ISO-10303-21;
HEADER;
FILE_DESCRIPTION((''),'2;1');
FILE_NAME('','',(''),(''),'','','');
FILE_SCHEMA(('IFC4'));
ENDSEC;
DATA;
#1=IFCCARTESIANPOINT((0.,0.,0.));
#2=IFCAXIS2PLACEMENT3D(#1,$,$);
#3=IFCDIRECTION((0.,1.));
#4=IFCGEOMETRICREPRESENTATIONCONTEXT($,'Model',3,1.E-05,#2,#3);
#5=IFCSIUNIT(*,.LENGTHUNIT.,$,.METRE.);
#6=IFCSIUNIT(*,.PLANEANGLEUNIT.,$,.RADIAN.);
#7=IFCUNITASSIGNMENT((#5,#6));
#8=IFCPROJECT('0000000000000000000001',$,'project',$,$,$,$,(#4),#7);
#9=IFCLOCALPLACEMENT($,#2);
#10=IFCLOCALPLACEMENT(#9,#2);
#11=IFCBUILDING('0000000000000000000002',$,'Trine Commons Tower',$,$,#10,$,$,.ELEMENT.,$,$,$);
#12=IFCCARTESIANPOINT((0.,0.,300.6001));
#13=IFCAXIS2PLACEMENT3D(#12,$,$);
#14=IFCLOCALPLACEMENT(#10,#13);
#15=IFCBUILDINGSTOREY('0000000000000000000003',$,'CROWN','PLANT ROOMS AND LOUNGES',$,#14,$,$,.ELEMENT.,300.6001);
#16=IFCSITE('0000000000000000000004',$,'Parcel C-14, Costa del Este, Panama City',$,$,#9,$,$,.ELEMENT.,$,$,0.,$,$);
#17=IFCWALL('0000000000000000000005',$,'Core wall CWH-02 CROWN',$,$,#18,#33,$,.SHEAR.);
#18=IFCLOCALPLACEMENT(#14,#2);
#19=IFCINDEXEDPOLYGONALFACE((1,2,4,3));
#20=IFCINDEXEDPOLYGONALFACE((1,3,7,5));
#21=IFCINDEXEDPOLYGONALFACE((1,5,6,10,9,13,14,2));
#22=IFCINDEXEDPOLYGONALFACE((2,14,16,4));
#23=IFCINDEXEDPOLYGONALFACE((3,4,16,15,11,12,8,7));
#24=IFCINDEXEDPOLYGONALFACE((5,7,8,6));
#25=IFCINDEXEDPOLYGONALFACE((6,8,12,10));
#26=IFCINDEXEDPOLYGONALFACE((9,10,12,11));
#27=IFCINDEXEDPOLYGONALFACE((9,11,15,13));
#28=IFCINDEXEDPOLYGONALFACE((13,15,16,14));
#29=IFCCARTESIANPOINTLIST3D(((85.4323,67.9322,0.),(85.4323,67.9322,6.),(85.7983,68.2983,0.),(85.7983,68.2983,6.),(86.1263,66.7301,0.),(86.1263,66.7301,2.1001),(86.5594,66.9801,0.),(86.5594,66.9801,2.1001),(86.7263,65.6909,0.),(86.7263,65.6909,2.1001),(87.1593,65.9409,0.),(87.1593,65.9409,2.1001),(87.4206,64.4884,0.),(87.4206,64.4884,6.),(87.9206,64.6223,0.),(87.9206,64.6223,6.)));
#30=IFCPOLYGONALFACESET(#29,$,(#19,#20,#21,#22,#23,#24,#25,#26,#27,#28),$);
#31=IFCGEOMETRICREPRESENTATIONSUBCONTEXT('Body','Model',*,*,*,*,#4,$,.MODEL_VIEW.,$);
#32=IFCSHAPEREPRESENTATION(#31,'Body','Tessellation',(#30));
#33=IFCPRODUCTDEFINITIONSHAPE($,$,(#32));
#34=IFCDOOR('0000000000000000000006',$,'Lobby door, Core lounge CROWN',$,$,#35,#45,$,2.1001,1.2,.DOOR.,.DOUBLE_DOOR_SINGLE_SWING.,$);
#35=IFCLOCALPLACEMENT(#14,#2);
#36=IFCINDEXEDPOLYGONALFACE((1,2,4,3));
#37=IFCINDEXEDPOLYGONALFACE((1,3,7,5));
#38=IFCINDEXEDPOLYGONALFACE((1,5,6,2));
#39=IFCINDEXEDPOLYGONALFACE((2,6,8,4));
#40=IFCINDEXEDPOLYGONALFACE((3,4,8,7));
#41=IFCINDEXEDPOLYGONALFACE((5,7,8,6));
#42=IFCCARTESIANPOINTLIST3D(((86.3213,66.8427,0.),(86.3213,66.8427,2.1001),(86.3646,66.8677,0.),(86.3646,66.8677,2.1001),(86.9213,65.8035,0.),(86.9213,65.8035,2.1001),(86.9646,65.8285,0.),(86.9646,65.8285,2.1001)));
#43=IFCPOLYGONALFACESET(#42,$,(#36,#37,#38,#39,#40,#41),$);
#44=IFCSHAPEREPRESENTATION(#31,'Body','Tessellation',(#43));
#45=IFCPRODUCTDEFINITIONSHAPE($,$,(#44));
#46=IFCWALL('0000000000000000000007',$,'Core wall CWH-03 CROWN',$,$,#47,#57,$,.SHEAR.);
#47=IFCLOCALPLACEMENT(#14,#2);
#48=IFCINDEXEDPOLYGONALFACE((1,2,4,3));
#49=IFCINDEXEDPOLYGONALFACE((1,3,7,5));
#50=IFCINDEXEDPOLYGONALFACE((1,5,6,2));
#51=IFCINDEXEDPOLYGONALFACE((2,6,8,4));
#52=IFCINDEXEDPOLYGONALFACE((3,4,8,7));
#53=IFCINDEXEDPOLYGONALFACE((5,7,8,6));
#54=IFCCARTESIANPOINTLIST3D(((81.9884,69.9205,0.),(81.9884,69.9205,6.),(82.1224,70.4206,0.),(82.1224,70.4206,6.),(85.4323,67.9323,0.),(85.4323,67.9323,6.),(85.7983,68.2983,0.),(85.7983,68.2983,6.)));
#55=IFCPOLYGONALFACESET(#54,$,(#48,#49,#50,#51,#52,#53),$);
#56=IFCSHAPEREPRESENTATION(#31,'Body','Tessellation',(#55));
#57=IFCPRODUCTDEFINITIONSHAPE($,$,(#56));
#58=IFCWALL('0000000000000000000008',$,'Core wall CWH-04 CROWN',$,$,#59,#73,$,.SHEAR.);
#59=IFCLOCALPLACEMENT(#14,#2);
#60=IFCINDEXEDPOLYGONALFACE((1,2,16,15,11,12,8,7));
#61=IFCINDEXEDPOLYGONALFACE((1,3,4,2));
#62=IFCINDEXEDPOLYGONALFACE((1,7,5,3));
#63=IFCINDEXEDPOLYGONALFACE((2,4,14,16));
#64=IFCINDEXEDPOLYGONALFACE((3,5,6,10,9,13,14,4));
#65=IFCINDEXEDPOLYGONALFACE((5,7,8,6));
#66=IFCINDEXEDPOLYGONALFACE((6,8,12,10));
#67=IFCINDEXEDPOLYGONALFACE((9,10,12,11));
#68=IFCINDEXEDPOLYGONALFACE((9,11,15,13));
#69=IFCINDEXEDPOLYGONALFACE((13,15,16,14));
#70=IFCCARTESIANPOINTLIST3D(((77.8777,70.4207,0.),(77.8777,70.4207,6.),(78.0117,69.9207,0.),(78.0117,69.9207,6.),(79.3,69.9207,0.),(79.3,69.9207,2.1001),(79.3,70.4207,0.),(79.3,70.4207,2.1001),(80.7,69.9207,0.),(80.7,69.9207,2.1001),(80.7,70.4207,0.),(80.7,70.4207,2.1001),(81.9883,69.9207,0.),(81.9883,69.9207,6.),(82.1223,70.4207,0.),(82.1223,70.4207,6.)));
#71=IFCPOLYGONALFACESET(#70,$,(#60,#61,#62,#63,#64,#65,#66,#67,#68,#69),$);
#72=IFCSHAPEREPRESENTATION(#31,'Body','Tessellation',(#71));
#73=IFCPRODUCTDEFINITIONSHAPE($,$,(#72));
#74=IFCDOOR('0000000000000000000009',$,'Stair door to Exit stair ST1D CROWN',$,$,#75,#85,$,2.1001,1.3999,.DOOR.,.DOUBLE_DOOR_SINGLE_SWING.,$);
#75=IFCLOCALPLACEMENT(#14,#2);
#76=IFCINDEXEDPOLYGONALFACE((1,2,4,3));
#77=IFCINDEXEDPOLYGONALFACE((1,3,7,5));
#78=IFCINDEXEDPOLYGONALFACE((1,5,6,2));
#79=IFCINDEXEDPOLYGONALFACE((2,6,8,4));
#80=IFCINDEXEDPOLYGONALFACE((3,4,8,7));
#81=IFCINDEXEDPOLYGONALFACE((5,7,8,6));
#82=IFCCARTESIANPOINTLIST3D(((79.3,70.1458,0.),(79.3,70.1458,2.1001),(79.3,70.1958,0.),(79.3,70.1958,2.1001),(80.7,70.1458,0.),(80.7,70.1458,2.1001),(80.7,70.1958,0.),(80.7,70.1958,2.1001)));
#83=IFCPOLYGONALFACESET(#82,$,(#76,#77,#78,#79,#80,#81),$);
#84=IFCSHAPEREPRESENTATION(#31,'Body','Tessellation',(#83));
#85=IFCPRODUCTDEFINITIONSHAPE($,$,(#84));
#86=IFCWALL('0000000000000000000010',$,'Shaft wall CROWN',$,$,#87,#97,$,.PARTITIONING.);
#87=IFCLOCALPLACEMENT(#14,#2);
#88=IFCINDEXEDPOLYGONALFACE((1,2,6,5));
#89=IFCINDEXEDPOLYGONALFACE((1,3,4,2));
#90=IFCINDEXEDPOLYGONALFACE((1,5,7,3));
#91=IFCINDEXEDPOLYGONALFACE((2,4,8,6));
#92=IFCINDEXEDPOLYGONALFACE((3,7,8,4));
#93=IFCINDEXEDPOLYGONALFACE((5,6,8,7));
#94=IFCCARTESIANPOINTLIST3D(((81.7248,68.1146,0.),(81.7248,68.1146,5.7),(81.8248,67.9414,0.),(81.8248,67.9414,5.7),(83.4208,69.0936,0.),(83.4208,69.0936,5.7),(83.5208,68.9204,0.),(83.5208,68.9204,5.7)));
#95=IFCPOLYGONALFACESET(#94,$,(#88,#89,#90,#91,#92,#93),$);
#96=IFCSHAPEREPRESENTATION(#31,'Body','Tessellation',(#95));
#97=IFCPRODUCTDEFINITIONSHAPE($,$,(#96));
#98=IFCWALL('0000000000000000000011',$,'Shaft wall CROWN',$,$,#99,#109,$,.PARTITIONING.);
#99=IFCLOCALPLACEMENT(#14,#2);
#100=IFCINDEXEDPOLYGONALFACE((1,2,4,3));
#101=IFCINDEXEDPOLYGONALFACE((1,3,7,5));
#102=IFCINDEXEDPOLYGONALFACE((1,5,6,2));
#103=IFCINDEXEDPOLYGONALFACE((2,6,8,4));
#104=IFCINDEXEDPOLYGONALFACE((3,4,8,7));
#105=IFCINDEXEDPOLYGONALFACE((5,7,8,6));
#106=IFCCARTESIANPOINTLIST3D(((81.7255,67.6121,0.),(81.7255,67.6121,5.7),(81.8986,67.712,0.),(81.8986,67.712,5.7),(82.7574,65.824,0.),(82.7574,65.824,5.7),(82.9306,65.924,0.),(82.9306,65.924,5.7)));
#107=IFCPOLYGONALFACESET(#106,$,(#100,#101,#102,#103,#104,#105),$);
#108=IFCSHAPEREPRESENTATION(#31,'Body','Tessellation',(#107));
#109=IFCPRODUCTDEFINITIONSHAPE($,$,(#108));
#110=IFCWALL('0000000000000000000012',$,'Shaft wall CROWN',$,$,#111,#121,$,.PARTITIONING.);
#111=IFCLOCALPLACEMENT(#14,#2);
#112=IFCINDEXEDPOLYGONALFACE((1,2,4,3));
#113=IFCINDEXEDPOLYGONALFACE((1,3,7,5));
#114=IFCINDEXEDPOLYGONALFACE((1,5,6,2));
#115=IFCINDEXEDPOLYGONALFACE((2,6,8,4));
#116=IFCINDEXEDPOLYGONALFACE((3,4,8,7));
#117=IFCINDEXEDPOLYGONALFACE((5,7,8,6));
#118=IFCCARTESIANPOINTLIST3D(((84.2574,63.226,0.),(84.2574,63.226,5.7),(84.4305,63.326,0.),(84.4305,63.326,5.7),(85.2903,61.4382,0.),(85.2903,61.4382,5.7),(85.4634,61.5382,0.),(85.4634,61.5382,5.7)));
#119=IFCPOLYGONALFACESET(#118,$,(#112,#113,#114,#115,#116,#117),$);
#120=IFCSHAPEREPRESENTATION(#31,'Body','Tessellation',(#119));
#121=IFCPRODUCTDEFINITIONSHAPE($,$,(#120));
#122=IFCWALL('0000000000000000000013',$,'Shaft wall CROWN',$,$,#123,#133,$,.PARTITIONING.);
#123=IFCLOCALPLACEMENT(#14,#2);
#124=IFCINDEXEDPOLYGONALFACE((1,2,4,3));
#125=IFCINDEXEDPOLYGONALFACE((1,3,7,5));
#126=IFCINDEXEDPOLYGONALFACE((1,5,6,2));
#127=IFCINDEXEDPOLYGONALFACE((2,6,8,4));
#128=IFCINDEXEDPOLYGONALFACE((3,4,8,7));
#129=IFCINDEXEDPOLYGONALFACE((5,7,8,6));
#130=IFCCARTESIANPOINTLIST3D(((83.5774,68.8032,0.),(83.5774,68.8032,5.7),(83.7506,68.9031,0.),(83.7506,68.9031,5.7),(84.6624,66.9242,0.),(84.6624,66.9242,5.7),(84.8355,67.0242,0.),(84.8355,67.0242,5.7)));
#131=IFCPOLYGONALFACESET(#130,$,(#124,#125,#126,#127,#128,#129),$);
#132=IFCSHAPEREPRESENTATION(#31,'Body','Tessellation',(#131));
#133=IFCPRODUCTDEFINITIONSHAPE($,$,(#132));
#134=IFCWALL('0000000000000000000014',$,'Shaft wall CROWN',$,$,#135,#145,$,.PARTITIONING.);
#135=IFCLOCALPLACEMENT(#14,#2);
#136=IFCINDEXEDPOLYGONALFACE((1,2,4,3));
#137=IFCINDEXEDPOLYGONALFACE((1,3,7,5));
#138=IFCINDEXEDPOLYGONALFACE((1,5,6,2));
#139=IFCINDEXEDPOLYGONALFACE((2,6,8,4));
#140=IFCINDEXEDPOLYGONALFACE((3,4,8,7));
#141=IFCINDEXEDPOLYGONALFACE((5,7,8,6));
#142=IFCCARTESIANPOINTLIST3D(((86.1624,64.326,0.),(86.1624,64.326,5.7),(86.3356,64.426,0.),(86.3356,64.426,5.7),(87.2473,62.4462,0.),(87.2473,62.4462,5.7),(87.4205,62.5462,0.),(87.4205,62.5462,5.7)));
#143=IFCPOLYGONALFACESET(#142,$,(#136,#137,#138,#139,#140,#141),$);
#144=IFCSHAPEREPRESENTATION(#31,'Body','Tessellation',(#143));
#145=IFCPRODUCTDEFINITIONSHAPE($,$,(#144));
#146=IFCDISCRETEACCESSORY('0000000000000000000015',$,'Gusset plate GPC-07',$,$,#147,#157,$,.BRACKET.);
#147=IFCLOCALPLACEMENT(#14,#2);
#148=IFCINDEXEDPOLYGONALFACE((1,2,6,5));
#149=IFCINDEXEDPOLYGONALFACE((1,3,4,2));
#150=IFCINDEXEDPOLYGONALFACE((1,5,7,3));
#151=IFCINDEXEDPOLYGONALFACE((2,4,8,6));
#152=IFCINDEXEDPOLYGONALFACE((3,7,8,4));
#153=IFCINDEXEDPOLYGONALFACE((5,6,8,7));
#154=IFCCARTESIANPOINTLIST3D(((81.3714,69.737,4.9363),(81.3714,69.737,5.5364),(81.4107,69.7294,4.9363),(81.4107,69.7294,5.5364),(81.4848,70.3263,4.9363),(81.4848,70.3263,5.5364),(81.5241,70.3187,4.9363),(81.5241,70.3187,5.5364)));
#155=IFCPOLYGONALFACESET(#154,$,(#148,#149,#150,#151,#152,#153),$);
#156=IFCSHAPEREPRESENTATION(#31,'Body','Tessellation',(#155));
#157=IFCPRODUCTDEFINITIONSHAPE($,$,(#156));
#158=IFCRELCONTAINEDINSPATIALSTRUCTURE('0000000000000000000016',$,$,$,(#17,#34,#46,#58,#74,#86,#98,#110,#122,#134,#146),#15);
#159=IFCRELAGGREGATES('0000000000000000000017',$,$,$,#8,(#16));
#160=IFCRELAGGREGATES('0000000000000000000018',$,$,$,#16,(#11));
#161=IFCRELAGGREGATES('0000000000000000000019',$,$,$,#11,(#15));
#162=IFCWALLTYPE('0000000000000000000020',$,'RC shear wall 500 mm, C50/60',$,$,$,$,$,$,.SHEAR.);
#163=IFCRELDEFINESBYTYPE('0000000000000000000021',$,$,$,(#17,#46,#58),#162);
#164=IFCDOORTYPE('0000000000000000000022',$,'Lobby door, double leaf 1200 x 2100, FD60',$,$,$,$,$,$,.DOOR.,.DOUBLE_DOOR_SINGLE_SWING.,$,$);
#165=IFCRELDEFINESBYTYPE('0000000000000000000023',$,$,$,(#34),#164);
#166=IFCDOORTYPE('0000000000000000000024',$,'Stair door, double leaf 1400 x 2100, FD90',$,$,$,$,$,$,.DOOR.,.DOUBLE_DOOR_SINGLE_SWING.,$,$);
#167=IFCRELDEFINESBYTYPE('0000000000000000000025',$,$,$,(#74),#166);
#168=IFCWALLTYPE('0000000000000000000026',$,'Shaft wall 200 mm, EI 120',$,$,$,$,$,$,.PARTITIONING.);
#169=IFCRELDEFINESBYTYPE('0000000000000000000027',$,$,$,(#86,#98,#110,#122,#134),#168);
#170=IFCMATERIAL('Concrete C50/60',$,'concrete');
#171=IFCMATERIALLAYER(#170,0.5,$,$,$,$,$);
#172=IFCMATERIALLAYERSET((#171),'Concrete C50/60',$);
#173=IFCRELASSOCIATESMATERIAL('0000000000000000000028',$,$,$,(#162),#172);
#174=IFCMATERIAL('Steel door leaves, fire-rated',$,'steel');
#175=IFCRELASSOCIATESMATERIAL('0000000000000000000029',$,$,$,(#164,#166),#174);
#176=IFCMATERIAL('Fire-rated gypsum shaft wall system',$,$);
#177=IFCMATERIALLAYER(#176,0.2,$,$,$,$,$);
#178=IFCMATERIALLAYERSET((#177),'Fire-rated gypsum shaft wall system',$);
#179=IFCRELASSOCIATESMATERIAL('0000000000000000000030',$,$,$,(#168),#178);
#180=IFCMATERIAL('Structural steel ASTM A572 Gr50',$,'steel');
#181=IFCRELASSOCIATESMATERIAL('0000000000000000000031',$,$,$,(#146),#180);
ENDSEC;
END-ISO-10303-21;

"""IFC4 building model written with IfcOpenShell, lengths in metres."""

from ifc_helpers import new_model, si_unit, direction, frame, frame_2d, origin, origin_2d, place, context, subcontext, project, spatial, polyline, rectangle, outline, extrude, material, layer, layer_set, type_object, element, fill, save


model = new_model("IFC4")

# Units and contexts
model_context = context("Model", 3, precision=1e-05, world=origin(), true_north=direction((0.0, 1.0)))
body_context = subcontext(model_context, "Body", "Model", "MODEL_VIEW")
ifc_project = project(units=[si_unit("LENGTHUNIT", "METRE"), si_unit("PLANEANGLEUNIT", "RADIAN")], contexts=[model_context])

# Site, building, storey
site_placement = place(None, origin())
site = spatial("IfcSite", under=ifc_project, at=site_placement, Name="Parcel C-14, Costa del Este, Panama City", CompositionType="ELEMENT", RefElevation=0.0)
building_placement = place(site_placement, origin())
building = spatial("IfcBuilding", under=site, at=building_placement, Name="Trine Commons Tower", CompositionType="ELEMENT")
storey_placement = place(building_placement, frame((0.0, 0.0, 300.6001)))
storey = spatial("IfcBuildingStorey", under=building, at=storey_placement, Name="CROWN", Description="PLANT ROOMS AND LOUNGES", CompositionType="ELEMENT", Elevation=300.6001)

# Shared definitions
ifc_material_1 = material(Name="Fire-rated gypsum shaft wall system")
ifc_material_2 = material(Name="Concrete C50/60", Category="concrete")

# Wall, opening, door
ifc_layer_1 = layer(ifc_material_2, 0.5)
ifc_layer_set_1 = layer_set([ifc_layer_1], Name="Concrete C50/60")
wall_type_1 = type_object("IfcWallType", Name="RC shear wall 500 mm, C50/60", PredefinedType="SHEAR", material=ifc_layer_set_1)
wall_1_placement = place(storey_placement, frame((87.7041, 64.4973, 0.0), z_axis=(0.0, 0.0, 1.0), x_axis=(-0.499993, 0.866029, 0.0)))
wall_1 = element("IfcWall", 1, at=wall_1_placement, inside=storey, type_object=wall_type_1, Name="Core wall CWH-02 CROWN", PredefinedType="SHEAR", context=body_context, shape_type="SweptSolid", body=[
    extrude(outline(polyline([(0.0, -0.25), (4.2446, -0.25), (4.1106, 0.25), (0.134, 0.25), (0.0, -0.25)])), origin(), (0.0, 0.0, 1.0), 6.0),
])
opening_1_placement = place(wall_1_placement, frame((1.5225, 0.0, 0.0)))
opening_1 = element("IfcOpeningElement", 2, at=opening_1_placement, cuts=wall_1, PredefinedType="OPENING", context=body_context, shape_type="SweptSolid", body=[
    extrude(rectangle(XDim=1.2, YDim=2.1001, at=frame_2d((0.6001, 1.05))), frame((0.0, 0.26, 0.0), z_axis=(0.0, -1.0, 0.0), x_axis=(1.0, 0.0, 0.0)), (0.0, 0.0, 1.0), 0.52),
])
ifc_material_3 = material(Name="Steel door leaves, fire-rated", Category="steel")
door_type_1 = type_object("IfcDoorType", Name="Lobby door, double leaf 1200 x 2100, FD60", OperationType="DOUBLE_DOOR_SINGLE_SWING", PredefinedType="DOOR", material=ifc_material_3)
door_1_placement = place(opening_1_placement, origin())
door_1 = element("IfcDoor", 3, at=door_1_placement, inside=storey, type_object=door_type_1, Name="Lobby door, Core lounge CROWN", OperationType="DOUBLE_DOOR_SINGLE_SWING", OverallHeight=2.1001, OverallWidth=1.2, PredefinedType="DOOR", context=body_context, shape_type="SweptSolid", body=[
    extrude(rectangle(XDim=1.2, YDim=2.1001, at=frame_2d((0.6001, 1.05))), frame((0.0, 0.0249, 0.0), z_axis=(0.0, -1.0, 0.0), x_axis=(1.0, 0.0, 0.0)), (0.0, 0.0, 1.0), 0.05),
])
fill(opening_1, door_1)

# Wall
wall_2_placement = place(storey_placement, frame((85.6733, 68.0818, 0.0), z_axis=(0.0, 0.0, 1.0), x_axis=(-0.866029, 0.499993, 0.0)))
element("IfcWall", 4, at=wall_2_placement, inside=storey, type_object=wall_type_1, Name="Core wall CWH-03 CROWN", PredefinedType="SHEAR", context=body_context, shape_type="SweptSolid", body=[
    extrude(outline(polyline([(0.0, -0.25), (4.2446, -0.25), (4.1106, 0.25), (0.134, 0.25), (0.0, -0.25)])), origin(), (0.0, 0.0, 1.0), 6.0),
])

# Wall, opening, door
wall_3_placement = place(storey_placement, frame((82.1223, 70.1707, 0.0), z_axis=(0.0, 0.0, 1.0), x_axis=(-1.0, 0.0, 0.0)))
wall_3 = element("IfcWall", 5, at=wall_3_placement, inside=storey, type_object=wall_type_1, Name="Core wall CWH-04 CROWN", PredefinedType="SHEAR", context=body_context, shape_type="SweptSolid", body=[
    extrude(outline(polyline([(0.0, -0.25), (4.2446, -0.25), (4.1106, 0.25), (0.134, 0.25), (0.0, -0.25)])), origin(), (0.0, 0.0, 1.0), 6.0),
])
opening_2_placement = place(wall_3_placement, frame((1.4224, 0.0, 0.0)))
opening_2 = element("IfcOpeningElement", 6, at=opening_2_placement, cuts=wall_3, PredefinedType="OPENING", context=body_context, shape_type="SweptSolid", body=[
    extrude(rectangle(XDim=1.3999, YDim=2.1001, at=frame_2d((0.7, 1.05))), frame((0.0, 0.26, 0.0), z_axis=(0.0, -1.0, 0.0), x_axis=(1.0, 0.0, 0.0)), (0.0, 0.0, 1.0), 0.52),
])
door_type_2 = type_object("IfcDoorType", Name="Stair door, double leaf 1400 x 2100, FD90", OperationType="DOUBLE_DOOR_SINGLE_SWING", PredefinedType="DOOR", material=ifc_material_3)
door_2_placement = place(opening_2_placement, origin())
door_2 = element("IfcDoor", 7, at=door_2_placement, inside=storey, type_object=door_type_2, Name="Stair door to Exit stair ST1D CROWN", OperationType="DOUBLE_DOOR_SINGLE_SWING", OverallHeight=2.1001, OverallWidth=1.3999, PredefinedType="DOOR", context=body_context, shape_type="SweptSolid", body=[
    extrude(rectangle(XDim=1.3999, YDim=2.1001, at=frame_2d((0.7, 1.05))), frame((0.0, 0.0249, 0.0), z_axis=(0.0, -1.0, 0.0), x_axis=(1.0, 0.0, 0.0)), (0.0, 0.0, 1.0), 0.05),
])
fill(opening_2, door_2)

# Walls
ifc_layer_2 = layer(ifc_material_1, 0.2)
ifc_layer_set_2 = layer_set([ifc_layer_2], Name="Fire-rated gypsum shaft wall system")
wall_type_2 = type_object("IfcWallType", Name="Shaft wall 200 mm, EI 120", PredefinedType="PARTITIONING", material=ifc_layer_set_2)
wall_4_placement = place(storey_placement, frame((81.7749, 68.0281, 0.0), z_axis=(0.0, 0.0, 1.0), x_axis=(0.866071, 0.49992, 0.0)))
element("IfcWall", 8, at=wall_4_placement, inside=storey, type_object=wall_type_2, Name="Shaft wall CROWN", PredefinedType="PARTITIONING", context=body_context, shape_type="SweptSolid", body=[
    extrude(rectangle(XDim=1.9583, YDim=0.2, at=frame_2d((0.979, 0.0))), origin(), (0.0, 0.0, 1.0), 5.7),
])
wall_5_placement = place(storey_placement, frame((82.844, 65.874, 0.0), z_axis=(0.0, 0.0, 1.0), x_axis=(-0.499866, 0.866103, 0.0)))
element("IfcWall", 9, at=wall_5_placement, inside=storey, type_object=wall_type_2, Name="Shaft wall CROWN", PredefinedType="PARTITIONING", context=body_context, shape_type="SweptSolid", body=[
    extrude(rectangle(XDim=2.0645, YDim=0.2, at=frame_2d((1.0322, 0.0))), origin(), (0.0, 0.0, 1.0), 5.7),
])
wall_6_placement = place(storey_placement, frame((84.344, 63.2759, 0.0), z_axis=(0.0, 0.0, 1.0), x_axis=(0.500272, -0.865868, 0.0)))
element("IfcWall", 10, at=wall_6_placement, inside=storey, type_object=wall_type_2, Name="Shaft wall CROWN", PredefinedType="PARTITIONING", context=body_context, shape_type="SweptSolid", body=[
    extrude(rectangle(XDim=2.0647, YDim=0.2, at=frame_2d((1.0322, 0.0))), origin(), (0.0, 0.0, 1.0), 5.7),
])
wall_7_placement = place(storey_placement, frame((84.749, 66.9741, 0.0), z_axis=(0.0, 0.0, 1.0), x_axis=(-0.50006, 0.865991, 0.0)))
element("IfcWall", 11, at=wall_7_placement, inside=storey, type_object=wall_type_2, Name="Shaft wall CROWN", PredefinedType="PARTITIONING", context=body_context, shape_type="SweptSolid", body=[
    extrude(rectangle(XDim=2.1697, YDim=0.2, at=frame_2d((1.085, 0.0))), origin(), (0.0, 0.0, 1.0), 5.7),
])
wall_8_placement = place(storey_placement, frame((86.249, 64.376, 0.0), z_axis=(0.0, 0.0, 1.0), x_axis=(0.499865, -0.866103, 0.0)))
element("IfcWall", 12, at=wall_8_placement, inside=storey, type_object=wall_type_2, Name="Shaft wall CROWN", PredefinedType="PARTITIONING", context=body_context, shape_type="SweptSolid", body=[
    extrude(rectangle(XDim=2.1704, YDim=0.2, at=frame_2d((1.0852, 0.0))), origin(), (0.0, 0.0, 1.0), 5.7),
])

# Discrete accessory
ifc_material_4 = material(Name="Structural steel ASTM A572 Gr50", Category="steel")
discrete_accessory_placement = place(storey_placement, frame((81.4478, 70.0278, 4.9363), z_axis=(0.0, 0.0, 1.0), x_axis=(0.188861, 0.982004, 0.0)))
element("IfcDiscreteAccessory", 13, at=discrete_accessory_placement, inside=storey, material=ifc_material_4, Name="Gusset plate GPC-07", PredefinedType="BRACKET", context=body_context, shape_type="SweptSolid", body=[
    extrude(rectangle(XDim=0.6001, YDim=0.04, at=origin_2d()), origin(), (0.0, 0.0, 1.0), 0.6001),
])

save(model, "model.ifc")
